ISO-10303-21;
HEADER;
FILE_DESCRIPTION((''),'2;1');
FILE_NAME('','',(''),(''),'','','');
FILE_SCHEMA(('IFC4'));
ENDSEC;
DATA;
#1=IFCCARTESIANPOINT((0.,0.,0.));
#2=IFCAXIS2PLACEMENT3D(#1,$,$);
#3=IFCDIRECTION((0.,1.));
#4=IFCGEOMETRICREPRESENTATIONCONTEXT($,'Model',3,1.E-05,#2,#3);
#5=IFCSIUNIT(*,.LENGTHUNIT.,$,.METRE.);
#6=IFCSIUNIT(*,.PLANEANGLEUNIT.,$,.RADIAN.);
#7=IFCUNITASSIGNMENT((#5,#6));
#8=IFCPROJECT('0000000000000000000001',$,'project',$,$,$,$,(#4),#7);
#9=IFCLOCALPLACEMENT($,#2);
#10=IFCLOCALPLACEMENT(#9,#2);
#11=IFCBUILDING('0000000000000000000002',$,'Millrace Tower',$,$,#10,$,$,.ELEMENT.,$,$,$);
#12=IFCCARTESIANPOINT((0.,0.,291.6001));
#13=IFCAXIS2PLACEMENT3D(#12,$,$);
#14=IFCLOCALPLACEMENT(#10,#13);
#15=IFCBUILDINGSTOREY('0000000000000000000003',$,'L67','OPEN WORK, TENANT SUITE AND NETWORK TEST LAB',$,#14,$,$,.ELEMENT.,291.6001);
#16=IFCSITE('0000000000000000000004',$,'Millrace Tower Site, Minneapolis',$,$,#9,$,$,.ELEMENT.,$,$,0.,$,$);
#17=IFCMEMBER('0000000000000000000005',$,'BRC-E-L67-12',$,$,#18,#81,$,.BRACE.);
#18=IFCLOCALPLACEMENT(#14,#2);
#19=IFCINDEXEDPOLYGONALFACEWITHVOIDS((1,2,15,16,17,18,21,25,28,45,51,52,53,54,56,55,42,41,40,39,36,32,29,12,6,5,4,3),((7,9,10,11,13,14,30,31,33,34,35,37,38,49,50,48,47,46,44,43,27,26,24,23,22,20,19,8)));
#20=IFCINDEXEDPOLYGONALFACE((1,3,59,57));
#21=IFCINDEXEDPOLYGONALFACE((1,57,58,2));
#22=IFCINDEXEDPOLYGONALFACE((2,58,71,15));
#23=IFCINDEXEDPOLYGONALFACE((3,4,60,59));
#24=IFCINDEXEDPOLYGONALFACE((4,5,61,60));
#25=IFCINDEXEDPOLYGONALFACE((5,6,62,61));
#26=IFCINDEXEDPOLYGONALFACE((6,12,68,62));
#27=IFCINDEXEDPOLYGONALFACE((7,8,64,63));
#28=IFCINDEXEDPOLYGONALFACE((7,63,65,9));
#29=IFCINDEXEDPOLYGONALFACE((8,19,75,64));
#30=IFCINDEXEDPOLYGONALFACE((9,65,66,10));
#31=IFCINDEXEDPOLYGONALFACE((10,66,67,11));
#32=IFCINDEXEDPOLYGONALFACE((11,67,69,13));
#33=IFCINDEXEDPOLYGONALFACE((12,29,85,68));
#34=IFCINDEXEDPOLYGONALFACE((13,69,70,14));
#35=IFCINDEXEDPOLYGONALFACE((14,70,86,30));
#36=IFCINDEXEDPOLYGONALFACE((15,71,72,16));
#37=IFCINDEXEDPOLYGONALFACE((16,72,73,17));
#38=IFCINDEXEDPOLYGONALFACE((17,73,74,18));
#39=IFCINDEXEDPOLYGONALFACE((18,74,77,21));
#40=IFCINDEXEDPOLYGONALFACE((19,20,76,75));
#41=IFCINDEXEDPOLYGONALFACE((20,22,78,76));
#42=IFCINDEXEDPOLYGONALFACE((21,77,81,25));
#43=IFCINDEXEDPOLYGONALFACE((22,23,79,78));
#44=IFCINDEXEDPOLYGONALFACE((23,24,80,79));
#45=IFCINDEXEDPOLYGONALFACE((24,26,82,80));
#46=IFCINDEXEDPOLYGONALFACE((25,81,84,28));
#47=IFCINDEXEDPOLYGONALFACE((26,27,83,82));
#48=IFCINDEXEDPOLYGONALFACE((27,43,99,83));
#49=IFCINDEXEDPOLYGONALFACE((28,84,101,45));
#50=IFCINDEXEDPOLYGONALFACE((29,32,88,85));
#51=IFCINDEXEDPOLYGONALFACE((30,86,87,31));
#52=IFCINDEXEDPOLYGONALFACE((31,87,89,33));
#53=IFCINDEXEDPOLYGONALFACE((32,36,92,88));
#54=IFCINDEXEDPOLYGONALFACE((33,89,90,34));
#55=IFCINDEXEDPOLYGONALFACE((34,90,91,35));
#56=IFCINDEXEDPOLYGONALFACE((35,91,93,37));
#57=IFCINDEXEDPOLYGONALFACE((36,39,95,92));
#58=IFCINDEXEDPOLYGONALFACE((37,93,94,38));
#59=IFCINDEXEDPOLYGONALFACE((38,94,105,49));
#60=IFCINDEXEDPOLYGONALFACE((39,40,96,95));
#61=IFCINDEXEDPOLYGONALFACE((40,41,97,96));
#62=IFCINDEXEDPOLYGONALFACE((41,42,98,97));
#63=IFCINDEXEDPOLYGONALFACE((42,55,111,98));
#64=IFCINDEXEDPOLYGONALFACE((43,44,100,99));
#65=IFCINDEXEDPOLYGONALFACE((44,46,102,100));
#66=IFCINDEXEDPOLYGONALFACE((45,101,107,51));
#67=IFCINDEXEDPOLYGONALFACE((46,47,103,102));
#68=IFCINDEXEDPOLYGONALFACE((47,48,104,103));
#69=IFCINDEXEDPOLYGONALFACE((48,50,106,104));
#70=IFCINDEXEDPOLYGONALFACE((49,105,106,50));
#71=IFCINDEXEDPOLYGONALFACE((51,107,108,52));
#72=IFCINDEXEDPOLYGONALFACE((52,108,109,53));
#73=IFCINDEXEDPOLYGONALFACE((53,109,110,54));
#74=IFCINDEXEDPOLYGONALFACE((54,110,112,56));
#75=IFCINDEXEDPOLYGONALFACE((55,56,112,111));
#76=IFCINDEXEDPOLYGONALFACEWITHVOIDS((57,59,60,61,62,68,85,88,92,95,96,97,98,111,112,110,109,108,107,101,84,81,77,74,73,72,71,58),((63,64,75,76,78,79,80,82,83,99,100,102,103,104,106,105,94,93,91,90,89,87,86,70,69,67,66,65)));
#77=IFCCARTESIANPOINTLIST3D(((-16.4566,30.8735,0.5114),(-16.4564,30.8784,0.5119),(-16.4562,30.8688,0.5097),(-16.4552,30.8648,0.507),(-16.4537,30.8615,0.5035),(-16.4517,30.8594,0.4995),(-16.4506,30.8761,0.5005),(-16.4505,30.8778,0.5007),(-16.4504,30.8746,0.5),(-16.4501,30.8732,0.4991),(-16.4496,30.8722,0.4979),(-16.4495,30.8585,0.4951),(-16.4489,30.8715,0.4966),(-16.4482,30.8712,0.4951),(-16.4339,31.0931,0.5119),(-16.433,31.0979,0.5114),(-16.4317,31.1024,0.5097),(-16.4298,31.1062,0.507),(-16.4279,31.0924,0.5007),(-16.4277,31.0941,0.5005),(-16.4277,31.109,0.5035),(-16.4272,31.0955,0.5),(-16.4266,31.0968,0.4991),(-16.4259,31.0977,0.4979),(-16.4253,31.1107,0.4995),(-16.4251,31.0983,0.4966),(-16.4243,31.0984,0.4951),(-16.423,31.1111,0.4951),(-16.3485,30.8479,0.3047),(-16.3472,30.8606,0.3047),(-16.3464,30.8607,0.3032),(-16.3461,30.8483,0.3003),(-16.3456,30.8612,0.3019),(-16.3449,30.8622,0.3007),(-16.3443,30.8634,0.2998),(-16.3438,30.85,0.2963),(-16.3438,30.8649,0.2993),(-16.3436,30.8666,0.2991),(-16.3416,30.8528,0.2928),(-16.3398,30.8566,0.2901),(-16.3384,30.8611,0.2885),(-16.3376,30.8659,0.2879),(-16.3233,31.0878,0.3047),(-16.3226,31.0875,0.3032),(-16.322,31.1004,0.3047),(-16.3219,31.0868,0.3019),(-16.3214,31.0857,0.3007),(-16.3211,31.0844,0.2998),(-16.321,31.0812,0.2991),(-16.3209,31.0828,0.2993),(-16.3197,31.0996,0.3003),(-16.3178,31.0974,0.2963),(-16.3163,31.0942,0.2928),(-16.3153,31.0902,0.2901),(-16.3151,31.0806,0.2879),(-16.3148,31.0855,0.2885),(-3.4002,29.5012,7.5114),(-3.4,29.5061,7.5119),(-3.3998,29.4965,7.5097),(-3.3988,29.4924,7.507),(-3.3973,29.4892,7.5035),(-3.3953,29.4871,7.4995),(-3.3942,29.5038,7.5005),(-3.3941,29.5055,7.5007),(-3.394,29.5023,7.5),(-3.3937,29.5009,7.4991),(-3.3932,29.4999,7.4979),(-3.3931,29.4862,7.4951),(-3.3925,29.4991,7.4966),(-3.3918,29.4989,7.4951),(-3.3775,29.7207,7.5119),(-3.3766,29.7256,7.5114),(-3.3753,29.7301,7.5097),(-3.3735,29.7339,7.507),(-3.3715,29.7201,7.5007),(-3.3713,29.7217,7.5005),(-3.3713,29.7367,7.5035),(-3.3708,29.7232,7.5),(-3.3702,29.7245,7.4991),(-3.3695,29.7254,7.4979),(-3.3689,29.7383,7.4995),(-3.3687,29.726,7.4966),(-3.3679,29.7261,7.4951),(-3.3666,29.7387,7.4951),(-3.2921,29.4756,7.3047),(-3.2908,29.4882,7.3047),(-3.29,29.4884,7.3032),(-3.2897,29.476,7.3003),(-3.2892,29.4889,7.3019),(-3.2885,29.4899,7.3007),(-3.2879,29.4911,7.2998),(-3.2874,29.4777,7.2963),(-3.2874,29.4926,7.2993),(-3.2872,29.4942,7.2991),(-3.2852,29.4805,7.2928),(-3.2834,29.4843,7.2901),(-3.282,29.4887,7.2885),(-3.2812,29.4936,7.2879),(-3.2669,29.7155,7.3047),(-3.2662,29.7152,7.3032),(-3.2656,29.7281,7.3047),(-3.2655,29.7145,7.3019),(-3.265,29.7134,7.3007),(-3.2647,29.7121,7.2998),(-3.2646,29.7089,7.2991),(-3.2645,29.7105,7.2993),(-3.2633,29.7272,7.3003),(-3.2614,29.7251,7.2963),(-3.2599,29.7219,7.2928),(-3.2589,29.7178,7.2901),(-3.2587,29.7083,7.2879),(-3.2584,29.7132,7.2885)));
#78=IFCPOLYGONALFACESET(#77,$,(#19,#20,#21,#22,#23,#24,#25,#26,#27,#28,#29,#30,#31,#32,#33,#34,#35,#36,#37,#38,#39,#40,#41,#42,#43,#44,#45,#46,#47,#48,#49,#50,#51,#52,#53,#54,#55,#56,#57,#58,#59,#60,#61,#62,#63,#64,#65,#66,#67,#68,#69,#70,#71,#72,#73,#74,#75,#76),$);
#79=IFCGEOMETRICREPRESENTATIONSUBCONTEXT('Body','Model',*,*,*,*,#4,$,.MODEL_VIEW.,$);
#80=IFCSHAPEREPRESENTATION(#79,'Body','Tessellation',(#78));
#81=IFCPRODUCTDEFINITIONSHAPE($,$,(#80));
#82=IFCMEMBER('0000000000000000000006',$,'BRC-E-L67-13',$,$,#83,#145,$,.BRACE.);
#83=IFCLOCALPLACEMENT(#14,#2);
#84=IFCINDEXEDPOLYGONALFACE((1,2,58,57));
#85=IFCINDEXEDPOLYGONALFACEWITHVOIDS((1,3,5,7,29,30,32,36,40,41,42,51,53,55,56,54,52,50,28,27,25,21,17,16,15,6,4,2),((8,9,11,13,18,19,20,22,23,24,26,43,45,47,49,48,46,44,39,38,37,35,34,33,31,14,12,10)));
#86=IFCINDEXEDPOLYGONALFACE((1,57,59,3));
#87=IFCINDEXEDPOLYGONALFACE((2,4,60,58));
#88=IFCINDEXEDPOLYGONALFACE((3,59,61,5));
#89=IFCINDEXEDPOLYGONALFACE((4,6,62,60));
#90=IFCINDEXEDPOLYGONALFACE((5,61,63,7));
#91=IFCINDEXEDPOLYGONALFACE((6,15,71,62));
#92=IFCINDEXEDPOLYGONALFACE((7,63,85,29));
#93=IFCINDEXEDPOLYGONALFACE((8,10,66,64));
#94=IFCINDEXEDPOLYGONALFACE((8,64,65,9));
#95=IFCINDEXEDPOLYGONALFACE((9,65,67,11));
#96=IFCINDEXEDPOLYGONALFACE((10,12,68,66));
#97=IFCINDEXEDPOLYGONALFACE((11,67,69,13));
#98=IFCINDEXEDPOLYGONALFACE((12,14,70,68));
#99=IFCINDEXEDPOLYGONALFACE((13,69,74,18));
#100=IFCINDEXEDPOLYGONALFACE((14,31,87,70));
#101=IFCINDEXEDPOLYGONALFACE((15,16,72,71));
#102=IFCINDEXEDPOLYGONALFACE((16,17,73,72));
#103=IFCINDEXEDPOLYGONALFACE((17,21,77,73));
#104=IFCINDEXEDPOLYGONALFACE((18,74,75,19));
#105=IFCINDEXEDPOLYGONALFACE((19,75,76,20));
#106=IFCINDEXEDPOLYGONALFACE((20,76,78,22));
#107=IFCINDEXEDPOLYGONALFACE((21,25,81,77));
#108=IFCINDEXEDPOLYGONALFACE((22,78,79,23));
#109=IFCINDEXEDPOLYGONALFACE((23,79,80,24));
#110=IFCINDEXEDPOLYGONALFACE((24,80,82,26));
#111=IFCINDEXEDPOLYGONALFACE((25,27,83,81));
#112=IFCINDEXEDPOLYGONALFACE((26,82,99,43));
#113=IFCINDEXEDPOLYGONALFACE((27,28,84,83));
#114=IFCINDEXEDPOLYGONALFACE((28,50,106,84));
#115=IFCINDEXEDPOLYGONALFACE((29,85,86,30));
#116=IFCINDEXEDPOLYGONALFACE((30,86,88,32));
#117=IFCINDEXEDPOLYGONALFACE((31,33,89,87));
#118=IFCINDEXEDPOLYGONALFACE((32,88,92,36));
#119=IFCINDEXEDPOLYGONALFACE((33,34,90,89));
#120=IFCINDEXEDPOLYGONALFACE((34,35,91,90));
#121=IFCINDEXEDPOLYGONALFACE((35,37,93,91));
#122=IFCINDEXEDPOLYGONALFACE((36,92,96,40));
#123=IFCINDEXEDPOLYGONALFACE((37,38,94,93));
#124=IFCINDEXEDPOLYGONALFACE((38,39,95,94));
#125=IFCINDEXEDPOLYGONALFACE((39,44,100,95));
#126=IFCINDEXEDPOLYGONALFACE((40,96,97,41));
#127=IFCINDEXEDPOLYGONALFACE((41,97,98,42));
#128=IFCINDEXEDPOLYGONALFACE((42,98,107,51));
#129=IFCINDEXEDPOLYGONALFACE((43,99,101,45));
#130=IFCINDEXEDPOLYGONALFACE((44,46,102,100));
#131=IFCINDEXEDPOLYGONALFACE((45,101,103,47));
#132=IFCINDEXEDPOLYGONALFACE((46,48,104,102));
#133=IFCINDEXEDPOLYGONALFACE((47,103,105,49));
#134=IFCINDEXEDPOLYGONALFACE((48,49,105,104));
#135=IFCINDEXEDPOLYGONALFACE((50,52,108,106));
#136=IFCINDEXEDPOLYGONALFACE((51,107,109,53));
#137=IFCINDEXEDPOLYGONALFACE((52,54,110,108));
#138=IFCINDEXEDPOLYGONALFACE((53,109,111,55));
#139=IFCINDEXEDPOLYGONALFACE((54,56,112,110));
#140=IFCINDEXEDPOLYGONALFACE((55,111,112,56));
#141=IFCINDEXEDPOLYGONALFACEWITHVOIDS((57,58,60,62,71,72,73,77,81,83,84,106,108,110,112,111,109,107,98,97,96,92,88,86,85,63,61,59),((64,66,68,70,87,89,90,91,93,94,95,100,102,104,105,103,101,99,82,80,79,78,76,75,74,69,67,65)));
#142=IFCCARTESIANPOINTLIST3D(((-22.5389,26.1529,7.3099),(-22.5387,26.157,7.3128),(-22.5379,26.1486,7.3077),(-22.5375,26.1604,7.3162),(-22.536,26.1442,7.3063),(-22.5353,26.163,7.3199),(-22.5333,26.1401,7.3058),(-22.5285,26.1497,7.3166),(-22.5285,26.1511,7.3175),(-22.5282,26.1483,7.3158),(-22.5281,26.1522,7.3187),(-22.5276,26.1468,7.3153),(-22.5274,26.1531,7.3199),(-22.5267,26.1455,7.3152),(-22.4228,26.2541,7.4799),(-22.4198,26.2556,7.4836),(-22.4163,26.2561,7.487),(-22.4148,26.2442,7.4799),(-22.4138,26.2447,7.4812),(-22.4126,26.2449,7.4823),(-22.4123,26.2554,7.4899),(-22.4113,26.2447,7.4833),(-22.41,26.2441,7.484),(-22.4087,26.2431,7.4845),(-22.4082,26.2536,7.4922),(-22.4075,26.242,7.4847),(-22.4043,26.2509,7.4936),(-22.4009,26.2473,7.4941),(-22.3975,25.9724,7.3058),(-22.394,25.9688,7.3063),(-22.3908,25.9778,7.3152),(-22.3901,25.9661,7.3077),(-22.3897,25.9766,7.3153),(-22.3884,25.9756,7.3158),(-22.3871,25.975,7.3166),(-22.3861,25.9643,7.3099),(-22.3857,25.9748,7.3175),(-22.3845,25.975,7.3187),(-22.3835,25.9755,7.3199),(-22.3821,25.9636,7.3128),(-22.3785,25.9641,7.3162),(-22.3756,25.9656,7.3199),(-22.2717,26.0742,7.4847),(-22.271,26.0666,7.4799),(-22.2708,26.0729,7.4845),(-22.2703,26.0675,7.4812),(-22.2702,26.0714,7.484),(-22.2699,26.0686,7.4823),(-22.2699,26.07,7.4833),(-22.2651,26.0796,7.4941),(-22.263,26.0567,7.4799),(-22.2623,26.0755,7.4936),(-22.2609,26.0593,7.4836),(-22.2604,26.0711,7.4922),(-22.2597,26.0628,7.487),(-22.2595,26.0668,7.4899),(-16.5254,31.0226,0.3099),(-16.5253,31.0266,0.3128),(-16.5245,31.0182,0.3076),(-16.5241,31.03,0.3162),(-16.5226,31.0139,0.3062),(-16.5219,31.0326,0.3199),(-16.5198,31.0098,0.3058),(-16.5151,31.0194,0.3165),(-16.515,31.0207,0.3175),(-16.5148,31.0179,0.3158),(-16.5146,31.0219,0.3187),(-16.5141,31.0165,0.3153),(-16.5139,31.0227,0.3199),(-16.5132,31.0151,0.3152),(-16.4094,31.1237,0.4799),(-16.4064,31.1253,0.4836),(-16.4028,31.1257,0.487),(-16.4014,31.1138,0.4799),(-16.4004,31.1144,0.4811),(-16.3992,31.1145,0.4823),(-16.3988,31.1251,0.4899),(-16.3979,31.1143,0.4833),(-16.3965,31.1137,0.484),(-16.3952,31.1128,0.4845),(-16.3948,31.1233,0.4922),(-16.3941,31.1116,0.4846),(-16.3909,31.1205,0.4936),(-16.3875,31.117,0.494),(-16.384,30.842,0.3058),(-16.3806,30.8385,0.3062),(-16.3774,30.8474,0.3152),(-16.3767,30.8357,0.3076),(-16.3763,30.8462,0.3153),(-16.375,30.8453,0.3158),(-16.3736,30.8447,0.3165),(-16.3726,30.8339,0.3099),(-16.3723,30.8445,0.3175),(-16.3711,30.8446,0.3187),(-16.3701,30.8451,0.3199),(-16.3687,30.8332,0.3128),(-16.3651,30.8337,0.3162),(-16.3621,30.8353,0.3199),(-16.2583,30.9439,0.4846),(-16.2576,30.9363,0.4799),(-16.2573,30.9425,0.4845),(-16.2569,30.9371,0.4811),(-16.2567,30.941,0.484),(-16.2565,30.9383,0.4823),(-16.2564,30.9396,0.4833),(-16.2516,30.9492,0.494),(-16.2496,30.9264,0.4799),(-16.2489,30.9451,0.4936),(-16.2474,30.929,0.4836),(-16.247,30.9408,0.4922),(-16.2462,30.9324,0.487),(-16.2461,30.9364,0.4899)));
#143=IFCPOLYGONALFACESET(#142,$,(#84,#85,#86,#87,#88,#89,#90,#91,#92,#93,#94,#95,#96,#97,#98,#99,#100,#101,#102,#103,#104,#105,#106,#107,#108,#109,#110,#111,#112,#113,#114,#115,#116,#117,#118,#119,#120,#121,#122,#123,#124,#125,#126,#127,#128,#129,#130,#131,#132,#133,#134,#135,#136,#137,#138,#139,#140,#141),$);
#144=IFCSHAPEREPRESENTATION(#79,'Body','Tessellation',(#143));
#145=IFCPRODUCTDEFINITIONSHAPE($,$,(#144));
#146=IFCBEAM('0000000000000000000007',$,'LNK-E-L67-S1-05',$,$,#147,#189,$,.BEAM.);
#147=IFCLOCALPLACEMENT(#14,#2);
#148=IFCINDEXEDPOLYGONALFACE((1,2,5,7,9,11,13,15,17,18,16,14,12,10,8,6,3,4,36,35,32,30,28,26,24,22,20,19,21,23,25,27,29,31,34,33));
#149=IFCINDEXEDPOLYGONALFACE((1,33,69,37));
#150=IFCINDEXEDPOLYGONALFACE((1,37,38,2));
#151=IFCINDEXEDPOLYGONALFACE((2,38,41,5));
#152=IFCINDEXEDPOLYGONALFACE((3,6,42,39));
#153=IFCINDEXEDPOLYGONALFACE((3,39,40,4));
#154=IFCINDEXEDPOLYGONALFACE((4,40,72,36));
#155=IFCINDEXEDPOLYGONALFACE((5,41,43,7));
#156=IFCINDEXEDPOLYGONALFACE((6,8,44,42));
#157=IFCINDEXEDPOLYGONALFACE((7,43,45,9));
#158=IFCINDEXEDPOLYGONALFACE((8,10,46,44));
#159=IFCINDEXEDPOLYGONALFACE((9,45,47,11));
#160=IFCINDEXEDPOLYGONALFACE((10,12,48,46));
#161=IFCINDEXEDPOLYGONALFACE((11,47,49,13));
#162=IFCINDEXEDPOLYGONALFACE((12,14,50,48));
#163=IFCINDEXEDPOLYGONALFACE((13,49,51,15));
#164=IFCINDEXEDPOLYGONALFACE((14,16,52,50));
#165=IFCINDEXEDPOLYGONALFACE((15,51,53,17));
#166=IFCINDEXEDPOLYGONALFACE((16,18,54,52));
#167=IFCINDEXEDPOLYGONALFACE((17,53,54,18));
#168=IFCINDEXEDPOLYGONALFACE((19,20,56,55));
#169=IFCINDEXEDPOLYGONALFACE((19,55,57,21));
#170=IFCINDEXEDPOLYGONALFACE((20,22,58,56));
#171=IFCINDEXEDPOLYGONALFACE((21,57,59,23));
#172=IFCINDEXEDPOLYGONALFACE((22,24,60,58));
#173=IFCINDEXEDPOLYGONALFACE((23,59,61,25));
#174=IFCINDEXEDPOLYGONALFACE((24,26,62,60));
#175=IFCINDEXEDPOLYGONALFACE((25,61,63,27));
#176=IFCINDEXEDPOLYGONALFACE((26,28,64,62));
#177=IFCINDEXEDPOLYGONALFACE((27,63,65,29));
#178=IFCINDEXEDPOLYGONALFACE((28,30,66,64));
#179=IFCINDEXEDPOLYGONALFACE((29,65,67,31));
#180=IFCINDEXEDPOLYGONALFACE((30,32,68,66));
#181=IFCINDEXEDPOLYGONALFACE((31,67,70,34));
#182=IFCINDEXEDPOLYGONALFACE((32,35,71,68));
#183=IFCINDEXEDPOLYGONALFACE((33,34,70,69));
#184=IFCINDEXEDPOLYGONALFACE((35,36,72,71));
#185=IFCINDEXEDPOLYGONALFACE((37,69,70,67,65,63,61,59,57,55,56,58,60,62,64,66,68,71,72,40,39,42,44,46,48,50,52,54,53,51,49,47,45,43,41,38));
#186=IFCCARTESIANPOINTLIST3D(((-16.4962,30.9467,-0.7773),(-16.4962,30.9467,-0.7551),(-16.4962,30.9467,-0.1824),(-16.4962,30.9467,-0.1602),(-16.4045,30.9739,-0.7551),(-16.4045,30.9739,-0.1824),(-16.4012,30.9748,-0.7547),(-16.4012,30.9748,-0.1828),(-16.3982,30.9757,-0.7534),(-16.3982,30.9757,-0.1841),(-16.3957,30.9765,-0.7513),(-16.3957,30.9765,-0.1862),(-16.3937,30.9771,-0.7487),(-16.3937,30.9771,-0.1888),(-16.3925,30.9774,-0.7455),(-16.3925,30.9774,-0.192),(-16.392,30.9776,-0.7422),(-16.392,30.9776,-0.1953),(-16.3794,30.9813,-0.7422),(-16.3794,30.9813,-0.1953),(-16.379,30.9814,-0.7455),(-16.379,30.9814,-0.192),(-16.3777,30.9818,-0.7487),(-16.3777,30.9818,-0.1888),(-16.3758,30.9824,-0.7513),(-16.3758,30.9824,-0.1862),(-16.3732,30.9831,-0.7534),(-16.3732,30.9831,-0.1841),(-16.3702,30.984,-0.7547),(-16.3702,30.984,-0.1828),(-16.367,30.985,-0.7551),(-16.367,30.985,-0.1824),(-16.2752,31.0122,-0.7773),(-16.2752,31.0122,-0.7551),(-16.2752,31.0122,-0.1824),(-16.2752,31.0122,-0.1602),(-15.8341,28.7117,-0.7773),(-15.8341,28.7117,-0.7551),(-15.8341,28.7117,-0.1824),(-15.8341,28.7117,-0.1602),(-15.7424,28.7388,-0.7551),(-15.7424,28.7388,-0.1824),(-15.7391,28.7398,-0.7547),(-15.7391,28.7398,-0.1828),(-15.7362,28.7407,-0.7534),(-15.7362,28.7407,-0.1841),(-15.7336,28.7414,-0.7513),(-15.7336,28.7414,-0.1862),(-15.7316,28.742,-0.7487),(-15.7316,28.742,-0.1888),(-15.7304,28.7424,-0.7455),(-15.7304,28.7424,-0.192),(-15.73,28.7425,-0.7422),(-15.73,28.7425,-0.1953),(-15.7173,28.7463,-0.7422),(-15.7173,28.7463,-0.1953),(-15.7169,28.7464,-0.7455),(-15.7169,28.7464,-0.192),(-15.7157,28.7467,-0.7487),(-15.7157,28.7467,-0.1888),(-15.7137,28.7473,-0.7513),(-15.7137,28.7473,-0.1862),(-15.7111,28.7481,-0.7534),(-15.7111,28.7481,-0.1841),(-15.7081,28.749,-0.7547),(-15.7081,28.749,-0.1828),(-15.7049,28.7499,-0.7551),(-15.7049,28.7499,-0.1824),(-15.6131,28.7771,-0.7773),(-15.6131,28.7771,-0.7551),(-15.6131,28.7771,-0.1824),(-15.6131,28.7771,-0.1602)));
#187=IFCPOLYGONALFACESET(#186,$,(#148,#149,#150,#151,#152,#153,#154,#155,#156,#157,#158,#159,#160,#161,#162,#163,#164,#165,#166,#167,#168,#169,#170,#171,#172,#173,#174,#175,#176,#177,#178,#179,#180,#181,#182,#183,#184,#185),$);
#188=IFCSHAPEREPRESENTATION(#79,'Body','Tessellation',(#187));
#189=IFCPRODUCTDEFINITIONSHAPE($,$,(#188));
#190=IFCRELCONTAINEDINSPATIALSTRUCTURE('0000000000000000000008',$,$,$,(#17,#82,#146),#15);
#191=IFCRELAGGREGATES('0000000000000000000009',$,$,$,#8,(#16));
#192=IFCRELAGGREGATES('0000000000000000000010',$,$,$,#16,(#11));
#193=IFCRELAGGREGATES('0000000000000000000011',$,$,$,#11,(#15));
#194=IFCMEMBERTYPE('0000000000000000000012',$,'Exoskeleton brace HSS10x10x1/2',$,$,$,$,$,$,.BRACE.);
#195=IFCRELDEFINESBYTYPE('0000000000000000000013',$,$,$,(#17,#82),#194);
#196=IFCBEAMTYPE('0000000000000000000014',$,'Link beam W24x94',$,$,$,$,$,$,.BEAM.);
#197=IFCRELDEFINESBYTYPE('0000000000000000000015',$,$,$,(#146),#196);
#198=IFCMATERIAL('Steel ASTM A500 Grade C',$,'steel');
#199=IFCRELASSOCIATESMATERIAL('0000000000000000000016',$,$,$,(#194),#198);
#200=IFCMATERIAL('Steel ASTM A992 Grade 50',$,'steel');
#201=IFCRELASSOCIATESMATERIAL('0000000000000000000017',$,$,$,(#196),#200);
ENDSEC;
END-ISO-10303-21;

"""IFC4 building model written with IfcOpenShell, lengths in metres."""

from ifc_helpers import new_model, si_unit, direction, frame, origin, origin_2d, place, context, subcontext, project, spatial, hollow_rectangle, i_section, extrude, material, material_profile, profile_set, type_object, element, save


model = new_model("IFC4")

# Units and contexts
model_context = context("Model", 3, precision=1e-05, world=origin(), true_north=direction((0.0, 1.0)))
body_context = subcontext(model_context, "Body", "Model", "MODEL_VIEW")
ifc_project = project(units=[si_unit("LENGTHUNIT", "METRE"), si_unit("PLANEANGLEUNIT", "RADIAN")], contexts=[model_context])

# Site, building, storey
site_placement = place(None, origin())
site = spatial("IfcSite", under=ifc_project, at=site_placement, Name="Millrace Tower Site, Minneapolis", CompositionType="ELEMENT", RefElevation=0.0)
building_placement = place(site_placement, origin())
building = spatial("IfcBuilding", under=site, at=building_placement, Name="Millrace Tower", CompositionType="ELEMENT")
storey_placement = place(building_placement, frame((0.0, 0.0, 291.6001)))
storey = spatial("IfcBuildingStorey", under=building, at=storey_placement, Name="L67", Description="OPEN WORK, TENANT SUITE AND NETWORK TEST LAB", CompositionType="ELEMENT", Elevation=291.6001)

# Members
ifc_material_1 = material(Name="Steel ASTM A500 Grade C", Category="steel")
ifc_material_profile_1 = material_profile(ifc_material_1, hollow_rectangle(XDim=0.2539, YDim=0.2539, WallThickness=0.0127, InnerFilletRadius=0.0063, OuterFilletRadius=0.019, at=origin_2d()))
ifc_profile_set_1 = profile_set([ifc_material_profile_1], Name="Steel ASTM A500 Grade C")
member_type_1 = type_object("IfcMemberType", Name="Exoskeleton brace HSS10x10x1/2", PredefinedType="BRACE", material=ifc_profile_set_1)
member_1_placement = place(storey_placement, frame((-16.3857, 30.9795, 0.3999), z_axis=(0.877568, -0.092238, 0.470496), x_axis=(0.104531, 0.994522, 0.0)))
element("IfcMember", 1, at=member_1_placement, inside=storey, type_object=member_type_1, Name="BRC-E-L67-12", PredefinedType="BRACE", context=body_context, shape_type="SweptSolid", body=[
    extrude(hollow_rectangle(XDim=0.2539, YDim=0.2539, WallThickness=0.0127, InnerFilletRadius=0.0063, OuterFilletRadius=0.019, at=origin_2d()), origin(), (0.0, 0.0, 1.0), 14.8779),
])
member_2_placement = place(storey_placement, frame((-16.3857, 30.9795, 0.3999), z_axis=(-0.576314, -0.466694, 0.670864), x_axis=(0.629324, -0.777143, 0.0)))
element("IfcMember", 2, at=member_2_placement, inside=storey, type_object=member_type_1, Name="BRC-E-L67-13", PredefinedType="BRACE", context=body_context, shape_type="SweptSolid", body=[
    extrude(hollow_rectangle(XDim=0.2539, YDim=0.2539, WallThickness=0.0127, InnerFilletRadius=0.0063, OuterFilletRadius=0.019, at=origin_2d()), origin(), (0.0, 0.0, 1.0), 10.4343),
])

# Beam
ifc_material_2 = material(Name="Steel ASTM A992 Grade 50", Category="steel")
ifc_material_profile_2 = material_profile(ifc_material_2, i_section(OverallWidth=0.2305, OverallDepth=0.6172, WebThickness=0.0132, FlangeThickness=0.0222, FilletRadius=0.0129, at=origin_2d()))
ifc_profile_set_2 = profile_set([ifc_material_profile_2], Name="Steel ASTM A992 Grade 50")
beam_type_1 = type_object("IfcBeamType", Name="Link beam W24x94", PredefinedType="BEAM", material=ifc_profile_set_2)
beam_1_placement = place(storey_placement, frame((-15.7236, 28.7444, -0.4688), z_axis=(-0.284031, 0.958815, 0.0), x_axis=(-0.958815, -0.284031, 0.0)))
element("IfcBeam", 3, at=beam_1_placement, inside=storey, type_object=beam_type_1, Name="LNK-E-L67-S1-05", PredefinedType="BEAM", context=body_context, shape_type="SweptSolid", body=[
    extrude(i_section(OverallWidth=0.2305, OverallDepth=0.6172, WebThickness=0.0132, FlangeThickness=0.0222, FilletRadius=0.0129, at=origin_2d()), origin(), (0.0, 0.0, 1.0), 2.3311),
])

save(model, "model.ifc")
